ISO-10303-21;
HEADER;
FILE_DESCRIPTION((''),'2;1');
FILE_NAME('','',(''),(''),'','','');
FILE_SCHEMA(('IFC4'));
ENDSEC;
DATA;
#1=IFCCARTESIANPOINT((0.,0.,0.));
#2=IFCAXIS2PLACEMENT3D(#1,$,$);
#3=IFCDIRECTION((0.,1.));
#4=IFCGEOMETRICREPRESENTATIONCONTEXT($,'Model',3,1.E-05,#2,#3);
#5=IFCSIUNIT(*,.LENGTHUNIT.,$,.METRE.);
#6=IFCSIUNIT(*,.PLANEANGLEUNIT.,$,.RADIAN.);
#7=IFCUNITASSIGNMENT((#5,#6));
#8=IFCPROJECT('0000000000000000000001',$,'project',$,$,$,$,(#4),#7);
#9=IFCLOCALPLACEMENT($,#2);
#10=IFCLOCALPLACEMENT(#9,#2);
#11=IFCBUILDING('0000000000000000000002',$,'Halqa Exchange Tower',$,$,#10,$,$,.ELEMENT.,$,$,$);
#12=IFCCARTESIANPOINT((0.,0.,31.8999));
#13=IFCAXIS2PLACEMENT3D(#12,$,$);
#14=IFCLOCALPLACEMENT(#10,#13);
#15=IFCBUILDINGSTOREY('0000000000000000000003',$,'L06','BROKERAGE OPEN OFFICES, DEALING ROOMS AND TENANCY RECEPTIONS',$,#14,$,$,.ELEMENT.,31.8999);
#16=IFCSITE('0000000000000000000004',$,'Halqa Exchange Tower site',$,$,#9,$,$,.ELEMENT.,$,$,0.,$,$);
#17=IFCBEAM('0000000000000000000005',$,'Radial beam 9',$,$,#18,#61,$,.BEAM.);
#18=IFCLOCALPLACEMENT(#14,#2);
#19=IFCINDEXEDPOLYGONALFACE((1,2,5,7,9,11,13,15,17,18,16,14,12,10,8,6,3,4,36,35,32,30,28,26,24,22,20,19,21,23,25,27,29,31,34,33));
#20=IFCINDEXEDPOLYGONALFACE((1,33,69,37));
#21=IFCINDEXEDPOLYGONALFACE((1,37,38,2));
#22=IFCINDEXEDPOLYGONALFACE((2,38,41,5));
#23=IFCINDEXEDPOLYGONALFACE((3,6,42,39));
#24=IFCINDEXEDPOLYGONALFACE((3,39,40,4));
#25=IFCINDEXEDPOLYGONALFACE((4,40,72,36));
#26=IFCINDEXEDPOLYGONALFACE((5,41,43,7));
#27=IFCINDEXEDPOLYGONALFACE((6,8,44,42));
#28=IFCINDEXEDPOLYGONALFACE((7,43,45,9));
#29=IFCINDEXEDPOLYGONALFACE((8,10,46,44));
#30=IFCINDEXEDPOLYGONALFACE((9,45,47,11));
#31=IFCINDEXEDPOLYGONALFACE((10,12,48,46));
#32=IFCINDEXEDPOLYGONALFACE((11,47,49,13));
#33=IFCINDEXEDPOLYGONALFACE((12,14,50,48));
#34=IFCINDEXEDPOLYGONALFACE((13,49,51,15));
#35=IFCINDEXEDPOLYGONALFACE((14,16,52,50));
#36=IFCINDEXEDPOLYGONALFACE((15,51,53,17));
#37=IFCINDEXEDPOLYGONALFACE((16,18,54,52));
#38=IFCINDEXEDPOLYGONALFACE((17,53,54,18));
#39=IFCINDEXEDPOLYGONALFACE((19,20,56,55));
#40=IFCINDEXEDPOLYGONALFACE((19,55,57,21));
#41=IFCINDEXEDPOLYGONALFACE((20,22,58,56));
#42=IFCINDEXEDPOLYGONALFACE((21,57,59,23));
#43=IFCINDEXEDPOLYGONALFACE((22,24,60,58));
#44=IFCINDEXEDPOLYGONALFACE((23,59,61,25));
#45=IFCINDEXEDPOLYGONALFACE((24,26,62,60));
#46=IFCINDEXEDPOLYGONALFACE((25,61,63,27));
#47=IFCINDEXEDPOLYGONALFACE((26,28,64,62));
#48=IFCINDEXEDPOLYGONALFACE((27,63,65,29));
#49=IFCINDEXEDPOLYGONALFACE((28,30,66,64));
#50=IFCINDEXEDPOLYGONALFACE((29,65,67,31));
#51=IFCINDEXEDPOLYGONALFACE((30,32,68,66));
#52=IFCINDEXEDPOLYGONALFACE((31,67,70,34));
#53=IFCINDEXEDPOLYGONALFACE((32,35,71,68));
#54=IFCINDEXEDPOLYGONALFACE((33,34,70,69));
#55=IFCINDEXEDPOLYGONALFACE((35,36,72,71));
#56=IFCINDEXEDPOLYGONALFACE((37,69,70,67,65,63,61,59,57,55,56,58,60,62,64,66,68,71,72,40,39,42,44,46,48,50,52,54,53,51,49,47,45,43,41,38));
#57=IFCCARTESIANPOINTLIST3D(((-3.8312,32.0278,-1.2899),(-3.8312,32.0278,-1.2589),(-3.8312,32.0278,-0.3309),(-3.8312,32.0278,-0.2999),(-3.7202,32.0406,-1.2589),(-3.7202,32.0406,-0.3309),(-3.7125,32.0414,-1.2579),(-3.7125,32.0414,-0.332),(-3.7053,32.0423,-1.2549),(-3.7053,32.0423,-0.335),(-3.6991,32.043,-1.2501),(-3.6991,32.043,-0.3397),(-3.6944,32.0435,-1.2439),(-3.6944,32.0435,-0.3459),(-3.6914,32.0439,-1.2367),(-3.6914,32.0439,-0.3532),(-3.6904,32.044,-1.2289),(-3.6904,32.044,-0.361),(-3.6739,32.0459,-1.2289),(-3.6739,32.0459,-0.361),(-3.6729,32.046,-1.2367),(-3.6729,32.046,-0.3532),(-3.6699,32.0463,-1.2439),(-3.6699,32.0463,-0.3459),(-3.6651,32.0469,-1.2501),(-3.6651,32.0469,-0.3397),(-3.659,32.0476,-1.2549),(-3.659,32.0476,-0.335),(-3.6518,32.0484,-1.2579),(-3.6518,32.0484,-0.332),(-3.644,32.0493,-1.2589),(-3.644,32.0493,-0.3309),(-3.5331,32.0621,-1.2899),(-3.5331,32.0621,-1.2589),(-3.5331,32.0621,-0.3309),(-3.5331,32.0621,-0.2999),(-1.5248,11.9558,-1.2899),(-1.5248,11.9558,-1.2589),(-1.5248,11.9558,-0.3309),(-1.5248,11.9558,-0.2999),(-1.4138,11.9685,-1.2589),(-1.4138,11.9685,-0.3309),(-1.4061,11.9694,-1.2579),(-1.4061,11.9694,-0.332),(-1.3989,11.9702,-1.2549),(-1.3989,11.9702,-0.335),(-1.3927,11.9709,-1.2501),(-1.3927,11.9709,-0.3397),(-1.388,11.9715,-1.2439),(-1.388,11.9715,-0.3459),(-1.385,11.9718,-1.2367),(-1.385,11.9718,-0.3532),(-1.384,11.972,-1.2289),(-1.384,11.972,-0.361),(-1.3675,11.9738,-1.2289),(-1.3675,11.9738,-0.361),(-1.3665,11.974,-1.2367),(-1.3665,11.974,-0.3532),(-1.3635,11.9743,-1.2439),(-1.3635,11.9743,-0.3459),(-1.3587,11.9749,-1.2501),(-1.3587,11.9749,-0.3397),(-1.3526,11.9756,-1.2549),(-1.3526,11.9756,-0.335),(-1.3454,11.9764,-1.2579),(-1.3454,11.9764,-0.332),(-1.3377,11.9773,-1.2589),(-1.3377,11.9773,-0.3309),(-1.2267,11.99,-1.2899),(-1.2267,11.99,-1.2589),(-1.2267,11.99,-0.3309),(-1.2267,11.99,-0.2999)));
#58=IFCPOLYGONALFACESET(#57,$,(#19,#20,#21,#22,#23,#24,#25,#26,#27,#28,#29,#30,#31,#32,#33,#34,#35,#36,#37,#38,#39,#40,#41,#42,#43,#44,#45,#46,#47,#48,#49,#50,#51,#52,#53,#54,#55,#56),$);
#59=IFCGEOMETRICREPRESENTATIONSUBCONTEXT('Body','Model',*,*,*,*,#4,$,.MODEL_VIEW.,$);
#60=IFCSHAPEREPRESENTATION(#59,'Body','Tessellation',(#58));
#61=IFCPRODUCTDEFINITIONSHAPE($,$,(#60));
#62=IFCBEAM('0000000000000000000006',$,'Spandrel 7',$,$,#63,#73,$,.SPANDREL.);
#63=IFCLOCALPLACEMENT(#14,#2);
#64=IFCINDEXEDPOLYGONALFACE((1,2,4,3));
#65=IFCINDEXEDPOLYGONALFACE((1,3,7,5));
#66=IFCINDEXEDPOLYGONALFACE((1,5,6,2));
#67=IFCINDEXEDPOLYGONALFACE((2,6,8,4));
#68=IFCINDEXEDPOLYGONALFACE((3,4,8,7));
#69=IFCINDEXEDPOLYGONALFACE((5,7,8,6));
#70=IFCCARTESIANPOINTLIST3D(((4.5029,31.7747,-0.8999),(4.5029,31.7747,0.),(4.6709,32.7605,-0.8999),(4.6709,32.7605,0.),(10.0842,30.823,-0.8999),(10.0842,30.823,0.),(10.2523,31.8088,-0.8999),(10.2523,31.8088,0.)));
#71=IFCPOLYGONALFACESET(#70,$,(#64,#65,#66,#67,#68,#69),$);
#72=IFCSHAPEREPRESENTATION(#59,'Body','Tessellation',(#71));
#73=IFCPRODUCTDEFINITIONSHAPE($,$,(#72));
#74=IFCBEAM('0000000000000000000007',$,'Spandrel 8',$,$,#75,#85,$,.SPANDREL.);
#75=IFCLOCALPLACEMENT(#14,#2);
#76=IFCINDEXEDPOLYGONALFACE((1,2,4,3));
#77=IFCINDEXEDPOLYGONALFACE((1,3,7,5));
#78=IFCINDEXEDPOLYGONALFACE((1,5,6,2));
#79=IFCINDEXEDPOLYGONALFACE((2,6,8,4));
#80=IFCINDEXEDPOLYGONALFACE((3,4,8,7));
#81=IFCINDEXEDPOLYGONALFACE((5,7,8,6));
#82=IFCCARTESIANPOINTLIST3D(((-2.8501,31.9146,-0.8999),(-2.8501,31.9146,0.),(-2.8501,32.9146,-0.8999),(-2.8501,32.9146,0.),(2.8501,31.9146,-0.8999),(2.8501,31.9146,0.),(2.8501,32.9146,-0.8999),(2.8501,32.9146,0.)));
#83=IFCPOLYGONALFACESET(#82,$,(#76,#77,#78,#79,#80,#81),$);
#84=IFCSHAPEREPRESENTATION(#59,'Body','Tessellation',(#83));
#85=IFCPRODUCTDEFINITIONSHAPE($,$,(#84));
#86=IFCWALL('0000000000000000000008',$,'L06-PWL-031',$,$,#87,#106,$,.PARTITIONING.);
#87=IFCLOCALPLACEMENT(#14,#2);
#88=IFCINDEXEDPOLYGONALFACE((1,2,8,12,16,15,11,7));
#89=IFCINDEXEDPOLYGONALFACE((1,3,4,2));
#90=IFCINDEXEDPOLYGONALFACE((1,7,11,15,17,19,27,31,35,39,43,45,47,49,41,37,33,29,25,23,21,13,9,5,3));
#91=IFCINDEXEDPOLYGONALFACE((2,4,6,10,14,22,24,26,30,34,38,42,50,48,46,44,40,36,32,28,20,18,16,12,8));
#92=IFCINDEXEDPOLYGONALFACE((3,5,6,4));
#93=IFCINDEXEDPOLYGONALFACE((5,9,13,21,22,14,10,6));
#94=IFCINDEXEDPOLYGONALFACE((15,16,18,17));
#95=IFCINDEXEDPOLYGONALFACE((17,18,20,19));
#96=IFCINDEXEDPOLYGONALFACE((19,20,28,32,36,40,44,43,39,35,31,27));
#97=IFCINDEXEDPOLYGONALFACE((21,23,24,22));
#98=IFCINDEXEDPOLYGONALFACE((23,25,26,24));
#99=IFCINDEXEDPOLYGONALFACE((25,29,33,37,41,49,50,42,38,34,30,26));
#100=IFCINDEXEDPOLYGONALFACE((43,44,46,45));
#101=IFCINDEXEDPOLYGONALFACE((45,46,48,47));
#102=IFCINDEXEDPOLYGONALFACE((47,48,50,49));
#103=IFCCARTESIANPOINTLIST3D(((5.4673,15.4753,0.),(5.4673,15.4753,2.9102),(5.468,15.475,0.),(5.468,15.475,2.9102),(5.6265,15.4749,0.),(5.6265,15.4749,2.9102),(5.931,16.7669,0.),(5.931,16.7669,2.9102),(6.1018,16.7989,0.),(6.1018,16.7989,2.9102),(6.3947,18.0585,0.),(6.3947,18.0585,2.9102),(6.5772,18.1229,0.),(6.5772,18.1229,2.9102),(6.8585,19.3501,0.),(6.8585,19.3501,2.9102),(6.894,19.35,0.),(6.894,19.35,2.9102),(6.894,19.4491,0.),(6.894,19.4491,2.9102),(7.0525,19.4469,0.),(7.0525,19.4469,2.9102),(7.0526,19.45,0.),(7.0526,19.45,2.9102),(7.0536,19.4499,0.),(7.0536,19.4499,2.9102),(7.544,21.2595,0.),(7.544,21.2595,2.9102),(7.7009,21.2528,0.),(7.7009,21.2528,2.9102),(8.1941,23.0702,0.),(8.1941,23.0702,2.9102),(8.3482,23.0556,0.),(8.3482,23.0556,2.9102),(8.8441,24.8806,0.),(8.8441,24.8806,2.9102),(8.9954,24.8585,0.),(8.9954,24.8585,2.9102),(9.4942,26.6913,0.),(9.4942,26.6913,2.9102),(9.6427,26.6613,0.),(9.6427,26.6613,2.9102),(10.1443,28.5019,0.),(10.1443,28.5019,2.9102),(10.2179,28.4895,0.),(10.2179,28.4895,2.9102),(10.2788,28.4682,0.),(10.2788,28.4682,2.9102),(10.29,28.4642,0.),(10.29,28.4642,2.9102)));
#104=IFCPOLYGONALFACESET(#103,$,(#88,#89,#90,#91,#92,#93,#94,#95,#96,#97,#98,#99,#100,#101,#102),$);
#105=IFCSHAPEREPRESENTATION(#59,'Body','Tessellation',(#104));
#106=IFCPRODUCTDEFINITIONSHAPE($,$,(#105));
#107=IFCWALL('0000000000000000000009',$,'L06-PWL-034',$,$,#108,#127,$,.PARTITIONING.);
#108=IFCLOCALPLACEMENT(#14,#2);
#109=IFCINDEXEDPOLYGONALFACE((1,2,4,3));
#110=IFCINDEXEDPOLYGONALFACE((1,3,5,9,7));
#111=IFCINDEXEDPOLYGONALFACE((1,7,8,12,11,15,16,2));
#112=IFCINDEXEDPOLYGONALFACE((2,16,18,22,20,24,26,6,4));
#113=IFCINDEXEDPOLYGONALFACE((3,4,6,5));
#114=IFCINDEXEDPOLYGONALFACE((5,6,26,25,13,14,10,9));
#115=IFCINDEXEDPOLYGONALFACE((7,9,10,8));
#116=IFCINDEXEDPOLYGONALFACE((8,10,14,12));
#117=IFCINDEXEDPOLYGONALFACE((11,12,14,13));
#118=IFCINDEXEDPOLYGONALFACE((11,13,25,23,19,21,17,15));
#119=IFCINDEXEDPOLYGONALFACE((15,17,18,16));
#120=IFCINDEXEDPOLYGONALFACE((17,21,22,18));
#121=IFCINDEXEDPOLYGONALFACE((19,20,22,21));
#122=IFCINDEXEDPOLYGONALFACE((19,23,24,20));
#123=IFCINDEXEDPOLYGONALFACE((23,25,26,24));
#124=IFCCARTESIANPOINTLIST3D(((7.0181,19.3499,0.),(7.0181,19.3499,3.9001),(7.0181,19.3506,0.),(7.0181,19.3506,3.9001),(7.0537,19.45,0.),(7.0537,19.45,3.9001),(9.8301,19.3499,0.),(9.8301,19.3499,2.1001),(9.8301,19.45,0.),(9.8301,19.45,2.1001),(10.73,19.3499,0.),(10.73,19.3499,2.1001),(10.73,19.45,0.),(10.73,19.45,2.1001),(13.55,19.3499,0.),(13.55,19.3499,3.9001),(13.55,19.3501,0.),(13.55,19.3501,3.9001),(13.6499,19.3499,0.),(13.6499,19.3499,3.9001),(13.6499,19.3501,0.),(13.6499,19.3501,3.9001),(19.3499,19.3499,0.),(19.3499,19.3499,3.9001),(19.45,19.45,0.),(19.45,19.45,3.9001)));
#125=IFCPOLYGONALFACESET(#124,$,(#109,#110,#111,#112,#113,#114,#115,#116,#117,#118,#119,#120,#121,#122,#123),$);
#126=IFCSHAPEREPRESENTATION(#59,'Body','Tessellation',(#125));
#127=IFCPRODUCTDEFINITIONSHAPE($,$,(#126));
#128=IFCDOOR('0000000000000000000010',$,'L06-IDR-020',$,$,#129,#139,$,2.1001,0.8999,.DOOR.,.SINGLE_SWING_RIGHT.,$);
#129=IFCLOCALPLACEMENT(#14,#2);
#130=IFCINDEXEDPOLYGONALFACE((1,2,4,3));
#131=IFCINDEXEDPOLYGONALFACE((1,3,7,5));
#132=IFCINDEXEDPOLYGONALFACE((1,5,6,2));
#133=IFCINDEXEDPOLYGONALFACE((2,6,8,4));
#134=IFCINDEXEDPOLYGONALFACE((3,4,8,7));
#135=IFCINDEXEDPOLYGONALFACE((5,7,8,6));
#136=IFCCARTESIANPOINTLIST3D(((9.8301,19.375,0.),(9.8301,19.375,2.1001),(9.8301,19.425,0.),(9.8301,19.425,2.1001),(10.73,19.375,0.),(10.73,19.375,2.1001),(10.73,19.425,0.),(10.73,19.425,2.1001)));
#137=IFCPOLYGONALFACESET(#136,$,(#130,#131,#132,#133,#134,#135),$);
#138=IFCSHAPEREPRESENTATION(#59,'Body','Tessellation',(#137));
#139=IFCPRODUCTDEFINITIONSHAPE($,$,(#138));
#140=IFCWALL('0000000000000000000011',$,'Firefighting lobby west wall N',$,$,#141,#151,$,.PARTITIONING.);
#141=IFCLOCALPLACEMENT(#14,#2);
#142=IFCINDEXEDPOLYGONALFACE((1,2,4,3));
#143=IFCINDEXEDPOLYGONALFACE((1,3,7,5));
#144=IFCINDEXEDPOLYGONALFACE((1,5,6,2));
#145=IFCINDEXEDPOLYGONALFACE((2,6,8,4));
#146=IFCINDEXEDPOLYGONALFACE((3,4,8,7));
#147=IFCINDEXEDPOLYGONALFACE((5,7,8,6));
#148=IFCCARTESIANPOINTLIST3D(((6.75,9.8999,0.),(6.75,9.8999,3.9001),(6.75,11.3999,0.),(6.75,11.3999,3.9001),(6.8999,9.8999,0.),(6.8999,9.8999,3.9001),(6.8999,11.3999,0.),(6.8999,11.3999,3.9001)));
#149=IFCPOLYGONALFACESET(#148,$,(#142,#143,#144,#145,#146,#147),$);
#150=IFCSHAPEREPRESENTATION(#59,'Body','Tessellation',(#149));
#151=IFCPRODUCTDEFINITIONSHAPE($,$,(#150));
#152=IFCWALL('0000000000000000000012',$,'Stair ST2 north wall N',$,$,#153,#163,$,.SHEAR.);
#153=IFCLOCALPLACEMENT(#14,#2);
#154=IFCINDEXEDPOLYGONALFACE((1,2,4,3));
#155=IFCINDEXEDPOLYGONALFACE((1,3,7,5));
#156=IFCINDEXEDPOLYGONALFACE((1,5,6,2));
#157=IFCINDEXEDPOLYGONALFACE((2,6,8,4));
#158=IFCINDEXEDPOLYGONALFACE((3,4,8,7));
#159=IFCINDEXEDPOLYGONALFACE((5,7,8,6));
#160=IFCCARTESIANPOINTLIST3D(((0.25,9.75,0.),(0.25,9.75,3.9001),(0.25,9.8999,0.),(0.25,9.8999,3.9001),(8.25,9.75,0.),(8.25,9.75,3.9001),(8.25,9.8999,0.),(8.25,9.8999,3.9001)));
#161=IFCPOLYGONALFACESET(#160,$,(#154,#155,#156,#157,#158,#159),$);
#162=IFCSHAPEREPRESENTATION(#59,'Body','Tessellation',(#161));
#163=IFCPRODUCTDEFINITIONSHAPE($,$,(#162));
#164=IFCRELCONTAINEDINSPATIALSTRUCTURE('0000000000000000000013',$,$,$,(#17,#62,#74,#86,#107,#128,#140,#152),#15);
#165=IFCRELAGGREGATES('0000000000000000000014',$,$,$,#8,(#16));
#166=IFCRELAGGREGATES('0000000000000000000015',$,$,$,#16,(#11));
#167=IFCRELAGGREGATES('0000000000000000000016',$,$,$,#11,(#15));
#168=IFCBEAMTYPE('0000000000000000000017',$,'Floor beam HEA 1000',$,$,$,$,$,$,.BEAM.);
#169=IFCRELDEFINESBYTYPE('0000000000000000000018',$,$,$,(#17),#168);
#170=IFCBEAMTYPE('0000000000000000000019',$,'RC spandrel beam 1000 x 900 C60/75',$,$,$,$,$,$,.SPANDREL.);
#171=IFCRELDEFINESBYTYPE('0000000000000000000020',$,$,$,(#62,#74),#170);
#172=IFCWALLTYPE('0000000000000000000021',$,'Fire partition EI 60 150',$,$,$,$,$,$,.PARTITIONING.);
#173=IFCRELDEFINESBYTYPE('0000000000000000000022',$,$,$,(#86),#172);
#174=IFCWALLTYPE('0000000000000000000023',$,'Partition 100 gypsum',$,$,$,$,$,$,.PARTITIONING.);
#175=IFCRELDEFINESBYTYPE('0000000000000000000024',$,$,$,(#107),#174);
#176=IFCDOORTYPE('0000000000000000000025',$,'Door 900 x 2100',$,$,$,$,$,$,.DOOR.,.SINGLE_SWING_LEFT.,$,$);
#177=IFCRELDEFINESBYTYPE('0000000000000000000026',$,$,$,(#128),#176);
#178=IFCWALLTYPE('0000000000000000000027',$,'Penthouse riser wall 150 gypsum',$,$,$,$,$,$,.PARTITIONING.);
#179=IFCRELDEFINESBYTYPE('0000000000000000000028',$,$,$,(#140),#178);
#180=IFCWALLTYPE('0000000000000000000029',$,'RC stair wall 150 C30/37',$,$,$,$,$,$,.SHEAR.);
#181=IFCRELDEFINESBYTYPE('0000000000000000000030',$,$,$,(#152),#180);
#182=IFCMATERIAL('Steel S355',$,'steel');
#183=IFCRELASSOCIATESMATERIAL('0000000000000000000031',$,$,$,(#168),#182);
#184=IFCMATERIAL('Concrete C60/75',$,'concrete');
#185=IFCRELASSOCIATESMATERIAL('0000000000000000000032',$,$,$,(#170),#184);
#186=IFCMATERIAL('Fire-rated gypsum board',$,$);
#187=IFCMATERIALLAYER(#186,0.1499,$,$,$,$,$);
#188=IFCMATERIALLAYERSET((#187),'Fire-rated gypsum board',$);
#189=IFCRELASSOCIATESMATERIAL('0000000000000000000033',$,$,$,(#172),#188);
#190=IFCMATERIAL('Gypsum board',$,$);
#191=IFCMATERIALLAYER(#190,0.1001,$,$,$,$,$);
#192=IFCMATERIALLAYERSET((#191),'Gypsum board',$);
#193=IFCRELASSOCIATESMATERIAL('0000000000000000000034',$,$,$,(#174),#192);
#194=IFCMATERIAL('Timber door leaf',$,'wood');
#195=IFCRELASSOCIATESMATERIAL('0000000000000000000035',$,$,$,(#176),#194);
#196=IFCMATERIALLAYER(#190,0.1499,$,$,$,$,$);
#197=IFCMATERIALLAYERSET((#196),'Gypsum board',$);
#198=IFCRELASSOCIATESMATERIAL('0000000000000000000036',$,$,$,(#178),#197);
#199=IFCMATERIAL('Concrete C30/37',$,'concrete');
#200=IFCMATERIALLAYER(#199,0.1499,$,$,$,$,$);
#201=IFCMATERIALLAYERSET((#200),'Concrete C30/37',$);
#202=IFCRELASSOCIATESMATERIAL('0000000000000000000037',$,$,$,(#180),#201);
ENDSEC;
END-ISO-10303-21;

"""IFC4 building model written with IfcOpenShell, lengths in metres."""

from ifc_helpers import new_model, si_unit, direction, frame, frame_2d, origin, origin_2d, place, context, subcontext, project, spatial, polyline, rectangle, i_section, outline, extrude, material, layer, layer_set, material_profile, profile_set, type_object, element, fill, save


model = new_model("IFC4")

# Units and contexts
model_context = context("Model", 3, precision=1e-05, world=origin(), true_north=direction((0.0, 1.0)))
body_context = subcontext(model_context, "Body", "Model", "MODEL_VIEW")
ifc_project = project(units=[si_unit("LENGTHUNIT", "METRE"), si_unit("PLANEANGLEUNIT", "RADIAN")], contexts=[model_context])

# Site, building, storey
site_placement = place(None, origin())
site = spatial("IfcSite", under=ifc_project, at=site_placement, Name="Halqa Exchange Tower site", CompositionType="ELEMENT", RefElevation=0.0)
building_placement = place(site_placement, origin())
building = spatial("IfcBuilding", under=site, at=building_placement, Name="Halqa Exchange Tower", CompositionType="ELEMENT")
storey_placement = place(building_placement, frame((0.0, 0.0, 31.8999)))
storey = spatial("IfcBuildingStorey", under=building, at=storey_placement, Name="L06", Description="BROKERAGE OPEN OFFICES, DEALING ROOMS AND TENANCY RECEPTIONS", CompositionType="ELEMENT", Elevation=31.8999)

# Beams
ifc_material_1 = material(Name="Steel S355", Category="steel")
ifc_material_profile_1 = material_profile(ifc_material_1, i_section(OverallWidth=0.3, OverallDepth=0.99, WebThickness=0.0166, FlangeThickness=0.031, FilletRadius=0.03, at=origin_2d()), Name="HEA 1000")
ifc_profile_set_1 = profile_set([ifc_material_profile_1], Name="Steel S355")
beam_type_1 = type_object("IfcBeamType", Name="Floor beam HEA 1000", PredefinedType="BEAM", material=ifc_profile_set_1)
for number, where, z_axis, x_axis, name in (
    (1, (-1.3757, 11.9729, -0.7949), (-0.114155, 0.993463, 0.0), (-0.993463, -0.114155, 0.0), "Radial beam 9"),
):
    element("IfcBeam", number, at=place(storey_placement, frame(where, z_axis=z_axis, x_axis=x_axis)), inside=storey, type_object=beam_type_1, Name=name, PredefinedType="BEAM", context=body_context, shape_type="SweptSolid", body=[
        extrude(i_section(OverallWidth=0.3, OverallDepth=0.99, WebThickness=0.0166, FlangeThickness=0.031, FilletRadius=0.03, at=origin_2d()), origin(), (0.0, 0.0, 1.0), 20.2041),
    ])
ifc_material_2 = material(Name="Concrete C60/75", Category="concrete")
ifc_material_profile_2 = material_profile(ifc_material_2, rectangle(XDim=1.0, YDim=0.8999, at=origin_2d()), Name="1000 x 900")
ifc_profile_set_2 = profile_set([ifc_material_profile_2], Name="Concrete C60/75")
beam_type_2 = type_object("IfcBeamType", Name="RC spandrel beam 1000 x 900 C60/75", PredefinedType="SPANDREL", material=ifc_profile_set_2)
beam_1_placement = place(storey_placement, frame((10.1682, 31.3159, -0.45), z_axis=(-0.985773, 0.168083, 0.0), x_axis=(-0.168083, -0.985773, 0.0)))
element("IfcBeam", 2, at=beam_1_placement, inside=storey, type_object=beam_type_2, Name="Spandrel 7", PredefinedType="SPANDREL", context=body_context, shape_type="SweptSolid", body=[
    extrude(rectangle(XDim=1.0, YDim=0.8999, at=origin_2d()), origin(), (0.0, 0.0, 1.0), 5.6619),
])
beam_2_placement = place(storey_placement, frame((2.8501, 32.4146, -0.45), z_axis=(-1.0, 0.0, 0.0), x_axis=(0.0, -1.0, 0.0)))
element("IfcBeam", 3, at=beam_2_placement, inside=storey, type_object=beam_type_2, Name="Spandrel 8", PredefinedType="SPANDREL", context=body_context, shape_type="SweptSolid", body=[
    extrude(rectangle(XDim=1.0, YDim=0.8999, at=origin_2d()), origin(), (0.0, 0.0, 1.0), 5.7002),
])

# Wall
ifc_material_3 = material(Name="Fire-rated gypsum board")
ifc_layer_1 = layer(ifc_material_3, 0.1499)
ifc_layer_set_1 = layer_set([ifc_layer_1], Name="Fire-rated gypsum board")
wall_type_1 = type_object("IfcWallType", Name="Fire partition EI 60 150", PredefinedType="PARTITIONING", material=ifc_layer_set_1)
wall_1_placement = place(storey_placement, frame((5.5378, 15.45, 0.0), z_axis=(0.0, 0.0, 1.0), x_axis=(0.337914, 0.941177, 0.0)))
element("IfcWall", 4, at=wall_1_placement, inside=storey, type_object=wall_type_1, Name="L06-PWL-031", PredefinedType="PARTITIONING", context=body_context, shape_type="SweptSolid", body=[
    extrude(outline(polyline([(0.0535, -0.075), (1.4602, -0.075), (2.8669, -0.075), (4.2737, -0.075), (4.2766, -0.074), (4.2769, -0.075), (6.1924, -0.075), (8.1079, -0.075), (10.0234, -0.075), (11.939, -0.075), (13.8545, -0.075), (13.8545, -0.063), (13.854, 0.0015), (13.8408, 0.075), (11.917, 0.075), (9.9932, 0.075), (8.0696, 0.075), (6.1458, 0.075), (4.2222, 0.075), (4.1289, 0.0415), (4.1169, 0.075), (2.7446, 0.075), (1.3723, 0.075), (0.0, 0.075), (0.0, 0.0742), (0.0535, -0.075)])), origin(), (0.0, 0.0, 1.0), 2.9102),
])

# Wall, opening, door
ifc_material_4 = material(Name="Gypsum board")
ifc_layer_2 = layer(ifc_material_4, 0.1001)
ifc_layer_set_2 = layer_set([ifc_layer_2], Name="Gypsum board")
wall_type_2 = type_object("IfcWallType", Name="Partition 100 gypsum", PredefinedType="PARTITIONING", material=ifc_layer_set_2)
wall_2_placement = place(storey_placement, frame((7.0181, 19.3999, 0.0), z_axis=(0.0, 0.0, 1.0), x_axis=(1.0, 0.0, 0.0)))
wall_2 = element("IfcWall", 5, at=wall_2_placement, inside=storey, type_object=wall_type_2, Name="L06-PWL-034", PredefinedType="PARTITIONING", context=body_context, shape_type="SweptSolid", body=[
    extrude(outline(polyline([(0.0, -0.05), (1.6331, -0.05), (3.2659, -0.05), (4.8989, -0.05), (6.532, -0.05), (6.532, -0.0498), (6.6318, -0.0498), (6.6318, -0.05), (8.532, -0.05), (10.4319, -0.05), (12.3318, -0.05), (12.332, -0.0498), (12.4319, 0.05), (10.6609, 0.05), (8.8901, 0.05), (7.1191, 0.05), (5.3484, 0.05), (3.5774, 0.05), (1.8066, 0.05), (0.0356, 0.05), (0.0, -0.0493), (0.0, -0.05)])), origin(), (0.0, 0.0, 1.0), 3.9001),
])
opening_1_placement = place(wall_2_placement, frame((2.812, 0.0, 0.0)))
opening_1 = element("IfcOpeningElement", 6, at=opening_1_placement, cuts=wall_2, PredefinedType="OPENING", context=body_context, shape_type="SweptSolid", body=[
    extrude(rectangle(XDim=0.8999, YDim=2.1001, at=frame_2d((0.45, 1.05))), frame((0.0, 0.062, 0.0), z_axis=(0.0, -1.0, 0.0), x_axis=(1.0, 0.0, 0.0)), (0.0, 0.0, 1.0), 0.124),
])
ifc_material_5 = material(Name="Timber door leaf", Category="wood")
door_type_1 = type_object("IfcDoorType", Name="Door 900 x 2100", OperationType="SINGLE_SWING_LEFT", PredefinedType="DOOR", material=ifc_material_5)
door_1_placement = place(opening_1_placement, frame((0.8999, 0.0, 0.0), z_axis=(0.0, 0.0, 1.0), x_axis=(-1.0, 0.0, 0.0)))
door_1 = element("IfcDoor", 7, at=door_1_placement, inside=storey, type_object=door_type_1, Name="L06-IDR-020", OperationType="SINGLE_SWING_RIGHT", OverallHeight=2.1001, OverallWidth=0.8999, PredefinedType="DOOR", context=body_context, shape_type="SweptSolid", body=[
    extrude(rectangle(XDim=0.8999, YDim=2.1001, at=frame_2d((0.45, 1.05))), frame((0.0, 0.0249, 0.0), z_axis=(0.0, -1.0, 0.0), x_axis=(1.0, 0.0, 0.0)), (0.0, 0.0, 1.0), 0.05),
])
fill(opening_1, door_1)

# Walls
ifc_layer_3 = layer(ifc_material_4, 0.1499)
ifc_layer_set_3 = layer_set([ifc_layer_3], Name="Gypsum board")
wall_type_3 = type_object("IfcWallType", Name="Penthouse riser wall 150 gypsum", PredefinedType="PARTITIONING", material=ifc_layer_set_3)
wall_3_placement = place(storey_placement, frame((6.825, 9.8999, 0.0), z_axis=(0.0, 0.0, 1.0), x_axis=(0.0, 1.0, 0.0)))
element("IfcWall", 8, at=wall_3_placement, inside=storey, type_object=wall_type_3, Name="Firefighting lobby west wall N", PredefinedType="PARTITIONING", context=body_context, shape_type="SweptSolid", body=[
    extrude(rectangle(XDim=1.5, YDim=0.1499, at=frame_2d((0.75, 0.0))), origin(), (0.0, 0.0, 1.0), 3.9001),
])
ifc_material_6 = material(Name="Concrete C30/37", Category="concrete")
ifc_layer_4 = layer(ifc_material_6, 0.1499)
ifc_layer_set_4 = layer_set([ifc_layer_4], Name="Concrete C30/37")
wall_type_4 = type_object("IfcWallType", Name="RC stair wall 150 C30/37", PredefinedType="SHEAR", material=ifc_layer_set_4)
wall_4_placement = place(storey_placement, frame((0.25, 9.825, 0.0), z_axis=(0.0, 0.0, 1.0), x_axis=(1.0, 0.0, 0.0)))
element("IfcWall", 9, at=wall_4_placement, inside=storey, type_object=wall_type_4, Name="Stair ST2 north wall N", PredefinedType="SHEAR", context=body_context, shape_type="SweptSolid", body=[
    extrude(rectangle(XDim=8.0, YDim=0.1499, at=frame_2d((4.0, 0.0))), origin(), (0.0, 0.0, 1.0), 3.9001),
])

save(model, "model.ifc")
